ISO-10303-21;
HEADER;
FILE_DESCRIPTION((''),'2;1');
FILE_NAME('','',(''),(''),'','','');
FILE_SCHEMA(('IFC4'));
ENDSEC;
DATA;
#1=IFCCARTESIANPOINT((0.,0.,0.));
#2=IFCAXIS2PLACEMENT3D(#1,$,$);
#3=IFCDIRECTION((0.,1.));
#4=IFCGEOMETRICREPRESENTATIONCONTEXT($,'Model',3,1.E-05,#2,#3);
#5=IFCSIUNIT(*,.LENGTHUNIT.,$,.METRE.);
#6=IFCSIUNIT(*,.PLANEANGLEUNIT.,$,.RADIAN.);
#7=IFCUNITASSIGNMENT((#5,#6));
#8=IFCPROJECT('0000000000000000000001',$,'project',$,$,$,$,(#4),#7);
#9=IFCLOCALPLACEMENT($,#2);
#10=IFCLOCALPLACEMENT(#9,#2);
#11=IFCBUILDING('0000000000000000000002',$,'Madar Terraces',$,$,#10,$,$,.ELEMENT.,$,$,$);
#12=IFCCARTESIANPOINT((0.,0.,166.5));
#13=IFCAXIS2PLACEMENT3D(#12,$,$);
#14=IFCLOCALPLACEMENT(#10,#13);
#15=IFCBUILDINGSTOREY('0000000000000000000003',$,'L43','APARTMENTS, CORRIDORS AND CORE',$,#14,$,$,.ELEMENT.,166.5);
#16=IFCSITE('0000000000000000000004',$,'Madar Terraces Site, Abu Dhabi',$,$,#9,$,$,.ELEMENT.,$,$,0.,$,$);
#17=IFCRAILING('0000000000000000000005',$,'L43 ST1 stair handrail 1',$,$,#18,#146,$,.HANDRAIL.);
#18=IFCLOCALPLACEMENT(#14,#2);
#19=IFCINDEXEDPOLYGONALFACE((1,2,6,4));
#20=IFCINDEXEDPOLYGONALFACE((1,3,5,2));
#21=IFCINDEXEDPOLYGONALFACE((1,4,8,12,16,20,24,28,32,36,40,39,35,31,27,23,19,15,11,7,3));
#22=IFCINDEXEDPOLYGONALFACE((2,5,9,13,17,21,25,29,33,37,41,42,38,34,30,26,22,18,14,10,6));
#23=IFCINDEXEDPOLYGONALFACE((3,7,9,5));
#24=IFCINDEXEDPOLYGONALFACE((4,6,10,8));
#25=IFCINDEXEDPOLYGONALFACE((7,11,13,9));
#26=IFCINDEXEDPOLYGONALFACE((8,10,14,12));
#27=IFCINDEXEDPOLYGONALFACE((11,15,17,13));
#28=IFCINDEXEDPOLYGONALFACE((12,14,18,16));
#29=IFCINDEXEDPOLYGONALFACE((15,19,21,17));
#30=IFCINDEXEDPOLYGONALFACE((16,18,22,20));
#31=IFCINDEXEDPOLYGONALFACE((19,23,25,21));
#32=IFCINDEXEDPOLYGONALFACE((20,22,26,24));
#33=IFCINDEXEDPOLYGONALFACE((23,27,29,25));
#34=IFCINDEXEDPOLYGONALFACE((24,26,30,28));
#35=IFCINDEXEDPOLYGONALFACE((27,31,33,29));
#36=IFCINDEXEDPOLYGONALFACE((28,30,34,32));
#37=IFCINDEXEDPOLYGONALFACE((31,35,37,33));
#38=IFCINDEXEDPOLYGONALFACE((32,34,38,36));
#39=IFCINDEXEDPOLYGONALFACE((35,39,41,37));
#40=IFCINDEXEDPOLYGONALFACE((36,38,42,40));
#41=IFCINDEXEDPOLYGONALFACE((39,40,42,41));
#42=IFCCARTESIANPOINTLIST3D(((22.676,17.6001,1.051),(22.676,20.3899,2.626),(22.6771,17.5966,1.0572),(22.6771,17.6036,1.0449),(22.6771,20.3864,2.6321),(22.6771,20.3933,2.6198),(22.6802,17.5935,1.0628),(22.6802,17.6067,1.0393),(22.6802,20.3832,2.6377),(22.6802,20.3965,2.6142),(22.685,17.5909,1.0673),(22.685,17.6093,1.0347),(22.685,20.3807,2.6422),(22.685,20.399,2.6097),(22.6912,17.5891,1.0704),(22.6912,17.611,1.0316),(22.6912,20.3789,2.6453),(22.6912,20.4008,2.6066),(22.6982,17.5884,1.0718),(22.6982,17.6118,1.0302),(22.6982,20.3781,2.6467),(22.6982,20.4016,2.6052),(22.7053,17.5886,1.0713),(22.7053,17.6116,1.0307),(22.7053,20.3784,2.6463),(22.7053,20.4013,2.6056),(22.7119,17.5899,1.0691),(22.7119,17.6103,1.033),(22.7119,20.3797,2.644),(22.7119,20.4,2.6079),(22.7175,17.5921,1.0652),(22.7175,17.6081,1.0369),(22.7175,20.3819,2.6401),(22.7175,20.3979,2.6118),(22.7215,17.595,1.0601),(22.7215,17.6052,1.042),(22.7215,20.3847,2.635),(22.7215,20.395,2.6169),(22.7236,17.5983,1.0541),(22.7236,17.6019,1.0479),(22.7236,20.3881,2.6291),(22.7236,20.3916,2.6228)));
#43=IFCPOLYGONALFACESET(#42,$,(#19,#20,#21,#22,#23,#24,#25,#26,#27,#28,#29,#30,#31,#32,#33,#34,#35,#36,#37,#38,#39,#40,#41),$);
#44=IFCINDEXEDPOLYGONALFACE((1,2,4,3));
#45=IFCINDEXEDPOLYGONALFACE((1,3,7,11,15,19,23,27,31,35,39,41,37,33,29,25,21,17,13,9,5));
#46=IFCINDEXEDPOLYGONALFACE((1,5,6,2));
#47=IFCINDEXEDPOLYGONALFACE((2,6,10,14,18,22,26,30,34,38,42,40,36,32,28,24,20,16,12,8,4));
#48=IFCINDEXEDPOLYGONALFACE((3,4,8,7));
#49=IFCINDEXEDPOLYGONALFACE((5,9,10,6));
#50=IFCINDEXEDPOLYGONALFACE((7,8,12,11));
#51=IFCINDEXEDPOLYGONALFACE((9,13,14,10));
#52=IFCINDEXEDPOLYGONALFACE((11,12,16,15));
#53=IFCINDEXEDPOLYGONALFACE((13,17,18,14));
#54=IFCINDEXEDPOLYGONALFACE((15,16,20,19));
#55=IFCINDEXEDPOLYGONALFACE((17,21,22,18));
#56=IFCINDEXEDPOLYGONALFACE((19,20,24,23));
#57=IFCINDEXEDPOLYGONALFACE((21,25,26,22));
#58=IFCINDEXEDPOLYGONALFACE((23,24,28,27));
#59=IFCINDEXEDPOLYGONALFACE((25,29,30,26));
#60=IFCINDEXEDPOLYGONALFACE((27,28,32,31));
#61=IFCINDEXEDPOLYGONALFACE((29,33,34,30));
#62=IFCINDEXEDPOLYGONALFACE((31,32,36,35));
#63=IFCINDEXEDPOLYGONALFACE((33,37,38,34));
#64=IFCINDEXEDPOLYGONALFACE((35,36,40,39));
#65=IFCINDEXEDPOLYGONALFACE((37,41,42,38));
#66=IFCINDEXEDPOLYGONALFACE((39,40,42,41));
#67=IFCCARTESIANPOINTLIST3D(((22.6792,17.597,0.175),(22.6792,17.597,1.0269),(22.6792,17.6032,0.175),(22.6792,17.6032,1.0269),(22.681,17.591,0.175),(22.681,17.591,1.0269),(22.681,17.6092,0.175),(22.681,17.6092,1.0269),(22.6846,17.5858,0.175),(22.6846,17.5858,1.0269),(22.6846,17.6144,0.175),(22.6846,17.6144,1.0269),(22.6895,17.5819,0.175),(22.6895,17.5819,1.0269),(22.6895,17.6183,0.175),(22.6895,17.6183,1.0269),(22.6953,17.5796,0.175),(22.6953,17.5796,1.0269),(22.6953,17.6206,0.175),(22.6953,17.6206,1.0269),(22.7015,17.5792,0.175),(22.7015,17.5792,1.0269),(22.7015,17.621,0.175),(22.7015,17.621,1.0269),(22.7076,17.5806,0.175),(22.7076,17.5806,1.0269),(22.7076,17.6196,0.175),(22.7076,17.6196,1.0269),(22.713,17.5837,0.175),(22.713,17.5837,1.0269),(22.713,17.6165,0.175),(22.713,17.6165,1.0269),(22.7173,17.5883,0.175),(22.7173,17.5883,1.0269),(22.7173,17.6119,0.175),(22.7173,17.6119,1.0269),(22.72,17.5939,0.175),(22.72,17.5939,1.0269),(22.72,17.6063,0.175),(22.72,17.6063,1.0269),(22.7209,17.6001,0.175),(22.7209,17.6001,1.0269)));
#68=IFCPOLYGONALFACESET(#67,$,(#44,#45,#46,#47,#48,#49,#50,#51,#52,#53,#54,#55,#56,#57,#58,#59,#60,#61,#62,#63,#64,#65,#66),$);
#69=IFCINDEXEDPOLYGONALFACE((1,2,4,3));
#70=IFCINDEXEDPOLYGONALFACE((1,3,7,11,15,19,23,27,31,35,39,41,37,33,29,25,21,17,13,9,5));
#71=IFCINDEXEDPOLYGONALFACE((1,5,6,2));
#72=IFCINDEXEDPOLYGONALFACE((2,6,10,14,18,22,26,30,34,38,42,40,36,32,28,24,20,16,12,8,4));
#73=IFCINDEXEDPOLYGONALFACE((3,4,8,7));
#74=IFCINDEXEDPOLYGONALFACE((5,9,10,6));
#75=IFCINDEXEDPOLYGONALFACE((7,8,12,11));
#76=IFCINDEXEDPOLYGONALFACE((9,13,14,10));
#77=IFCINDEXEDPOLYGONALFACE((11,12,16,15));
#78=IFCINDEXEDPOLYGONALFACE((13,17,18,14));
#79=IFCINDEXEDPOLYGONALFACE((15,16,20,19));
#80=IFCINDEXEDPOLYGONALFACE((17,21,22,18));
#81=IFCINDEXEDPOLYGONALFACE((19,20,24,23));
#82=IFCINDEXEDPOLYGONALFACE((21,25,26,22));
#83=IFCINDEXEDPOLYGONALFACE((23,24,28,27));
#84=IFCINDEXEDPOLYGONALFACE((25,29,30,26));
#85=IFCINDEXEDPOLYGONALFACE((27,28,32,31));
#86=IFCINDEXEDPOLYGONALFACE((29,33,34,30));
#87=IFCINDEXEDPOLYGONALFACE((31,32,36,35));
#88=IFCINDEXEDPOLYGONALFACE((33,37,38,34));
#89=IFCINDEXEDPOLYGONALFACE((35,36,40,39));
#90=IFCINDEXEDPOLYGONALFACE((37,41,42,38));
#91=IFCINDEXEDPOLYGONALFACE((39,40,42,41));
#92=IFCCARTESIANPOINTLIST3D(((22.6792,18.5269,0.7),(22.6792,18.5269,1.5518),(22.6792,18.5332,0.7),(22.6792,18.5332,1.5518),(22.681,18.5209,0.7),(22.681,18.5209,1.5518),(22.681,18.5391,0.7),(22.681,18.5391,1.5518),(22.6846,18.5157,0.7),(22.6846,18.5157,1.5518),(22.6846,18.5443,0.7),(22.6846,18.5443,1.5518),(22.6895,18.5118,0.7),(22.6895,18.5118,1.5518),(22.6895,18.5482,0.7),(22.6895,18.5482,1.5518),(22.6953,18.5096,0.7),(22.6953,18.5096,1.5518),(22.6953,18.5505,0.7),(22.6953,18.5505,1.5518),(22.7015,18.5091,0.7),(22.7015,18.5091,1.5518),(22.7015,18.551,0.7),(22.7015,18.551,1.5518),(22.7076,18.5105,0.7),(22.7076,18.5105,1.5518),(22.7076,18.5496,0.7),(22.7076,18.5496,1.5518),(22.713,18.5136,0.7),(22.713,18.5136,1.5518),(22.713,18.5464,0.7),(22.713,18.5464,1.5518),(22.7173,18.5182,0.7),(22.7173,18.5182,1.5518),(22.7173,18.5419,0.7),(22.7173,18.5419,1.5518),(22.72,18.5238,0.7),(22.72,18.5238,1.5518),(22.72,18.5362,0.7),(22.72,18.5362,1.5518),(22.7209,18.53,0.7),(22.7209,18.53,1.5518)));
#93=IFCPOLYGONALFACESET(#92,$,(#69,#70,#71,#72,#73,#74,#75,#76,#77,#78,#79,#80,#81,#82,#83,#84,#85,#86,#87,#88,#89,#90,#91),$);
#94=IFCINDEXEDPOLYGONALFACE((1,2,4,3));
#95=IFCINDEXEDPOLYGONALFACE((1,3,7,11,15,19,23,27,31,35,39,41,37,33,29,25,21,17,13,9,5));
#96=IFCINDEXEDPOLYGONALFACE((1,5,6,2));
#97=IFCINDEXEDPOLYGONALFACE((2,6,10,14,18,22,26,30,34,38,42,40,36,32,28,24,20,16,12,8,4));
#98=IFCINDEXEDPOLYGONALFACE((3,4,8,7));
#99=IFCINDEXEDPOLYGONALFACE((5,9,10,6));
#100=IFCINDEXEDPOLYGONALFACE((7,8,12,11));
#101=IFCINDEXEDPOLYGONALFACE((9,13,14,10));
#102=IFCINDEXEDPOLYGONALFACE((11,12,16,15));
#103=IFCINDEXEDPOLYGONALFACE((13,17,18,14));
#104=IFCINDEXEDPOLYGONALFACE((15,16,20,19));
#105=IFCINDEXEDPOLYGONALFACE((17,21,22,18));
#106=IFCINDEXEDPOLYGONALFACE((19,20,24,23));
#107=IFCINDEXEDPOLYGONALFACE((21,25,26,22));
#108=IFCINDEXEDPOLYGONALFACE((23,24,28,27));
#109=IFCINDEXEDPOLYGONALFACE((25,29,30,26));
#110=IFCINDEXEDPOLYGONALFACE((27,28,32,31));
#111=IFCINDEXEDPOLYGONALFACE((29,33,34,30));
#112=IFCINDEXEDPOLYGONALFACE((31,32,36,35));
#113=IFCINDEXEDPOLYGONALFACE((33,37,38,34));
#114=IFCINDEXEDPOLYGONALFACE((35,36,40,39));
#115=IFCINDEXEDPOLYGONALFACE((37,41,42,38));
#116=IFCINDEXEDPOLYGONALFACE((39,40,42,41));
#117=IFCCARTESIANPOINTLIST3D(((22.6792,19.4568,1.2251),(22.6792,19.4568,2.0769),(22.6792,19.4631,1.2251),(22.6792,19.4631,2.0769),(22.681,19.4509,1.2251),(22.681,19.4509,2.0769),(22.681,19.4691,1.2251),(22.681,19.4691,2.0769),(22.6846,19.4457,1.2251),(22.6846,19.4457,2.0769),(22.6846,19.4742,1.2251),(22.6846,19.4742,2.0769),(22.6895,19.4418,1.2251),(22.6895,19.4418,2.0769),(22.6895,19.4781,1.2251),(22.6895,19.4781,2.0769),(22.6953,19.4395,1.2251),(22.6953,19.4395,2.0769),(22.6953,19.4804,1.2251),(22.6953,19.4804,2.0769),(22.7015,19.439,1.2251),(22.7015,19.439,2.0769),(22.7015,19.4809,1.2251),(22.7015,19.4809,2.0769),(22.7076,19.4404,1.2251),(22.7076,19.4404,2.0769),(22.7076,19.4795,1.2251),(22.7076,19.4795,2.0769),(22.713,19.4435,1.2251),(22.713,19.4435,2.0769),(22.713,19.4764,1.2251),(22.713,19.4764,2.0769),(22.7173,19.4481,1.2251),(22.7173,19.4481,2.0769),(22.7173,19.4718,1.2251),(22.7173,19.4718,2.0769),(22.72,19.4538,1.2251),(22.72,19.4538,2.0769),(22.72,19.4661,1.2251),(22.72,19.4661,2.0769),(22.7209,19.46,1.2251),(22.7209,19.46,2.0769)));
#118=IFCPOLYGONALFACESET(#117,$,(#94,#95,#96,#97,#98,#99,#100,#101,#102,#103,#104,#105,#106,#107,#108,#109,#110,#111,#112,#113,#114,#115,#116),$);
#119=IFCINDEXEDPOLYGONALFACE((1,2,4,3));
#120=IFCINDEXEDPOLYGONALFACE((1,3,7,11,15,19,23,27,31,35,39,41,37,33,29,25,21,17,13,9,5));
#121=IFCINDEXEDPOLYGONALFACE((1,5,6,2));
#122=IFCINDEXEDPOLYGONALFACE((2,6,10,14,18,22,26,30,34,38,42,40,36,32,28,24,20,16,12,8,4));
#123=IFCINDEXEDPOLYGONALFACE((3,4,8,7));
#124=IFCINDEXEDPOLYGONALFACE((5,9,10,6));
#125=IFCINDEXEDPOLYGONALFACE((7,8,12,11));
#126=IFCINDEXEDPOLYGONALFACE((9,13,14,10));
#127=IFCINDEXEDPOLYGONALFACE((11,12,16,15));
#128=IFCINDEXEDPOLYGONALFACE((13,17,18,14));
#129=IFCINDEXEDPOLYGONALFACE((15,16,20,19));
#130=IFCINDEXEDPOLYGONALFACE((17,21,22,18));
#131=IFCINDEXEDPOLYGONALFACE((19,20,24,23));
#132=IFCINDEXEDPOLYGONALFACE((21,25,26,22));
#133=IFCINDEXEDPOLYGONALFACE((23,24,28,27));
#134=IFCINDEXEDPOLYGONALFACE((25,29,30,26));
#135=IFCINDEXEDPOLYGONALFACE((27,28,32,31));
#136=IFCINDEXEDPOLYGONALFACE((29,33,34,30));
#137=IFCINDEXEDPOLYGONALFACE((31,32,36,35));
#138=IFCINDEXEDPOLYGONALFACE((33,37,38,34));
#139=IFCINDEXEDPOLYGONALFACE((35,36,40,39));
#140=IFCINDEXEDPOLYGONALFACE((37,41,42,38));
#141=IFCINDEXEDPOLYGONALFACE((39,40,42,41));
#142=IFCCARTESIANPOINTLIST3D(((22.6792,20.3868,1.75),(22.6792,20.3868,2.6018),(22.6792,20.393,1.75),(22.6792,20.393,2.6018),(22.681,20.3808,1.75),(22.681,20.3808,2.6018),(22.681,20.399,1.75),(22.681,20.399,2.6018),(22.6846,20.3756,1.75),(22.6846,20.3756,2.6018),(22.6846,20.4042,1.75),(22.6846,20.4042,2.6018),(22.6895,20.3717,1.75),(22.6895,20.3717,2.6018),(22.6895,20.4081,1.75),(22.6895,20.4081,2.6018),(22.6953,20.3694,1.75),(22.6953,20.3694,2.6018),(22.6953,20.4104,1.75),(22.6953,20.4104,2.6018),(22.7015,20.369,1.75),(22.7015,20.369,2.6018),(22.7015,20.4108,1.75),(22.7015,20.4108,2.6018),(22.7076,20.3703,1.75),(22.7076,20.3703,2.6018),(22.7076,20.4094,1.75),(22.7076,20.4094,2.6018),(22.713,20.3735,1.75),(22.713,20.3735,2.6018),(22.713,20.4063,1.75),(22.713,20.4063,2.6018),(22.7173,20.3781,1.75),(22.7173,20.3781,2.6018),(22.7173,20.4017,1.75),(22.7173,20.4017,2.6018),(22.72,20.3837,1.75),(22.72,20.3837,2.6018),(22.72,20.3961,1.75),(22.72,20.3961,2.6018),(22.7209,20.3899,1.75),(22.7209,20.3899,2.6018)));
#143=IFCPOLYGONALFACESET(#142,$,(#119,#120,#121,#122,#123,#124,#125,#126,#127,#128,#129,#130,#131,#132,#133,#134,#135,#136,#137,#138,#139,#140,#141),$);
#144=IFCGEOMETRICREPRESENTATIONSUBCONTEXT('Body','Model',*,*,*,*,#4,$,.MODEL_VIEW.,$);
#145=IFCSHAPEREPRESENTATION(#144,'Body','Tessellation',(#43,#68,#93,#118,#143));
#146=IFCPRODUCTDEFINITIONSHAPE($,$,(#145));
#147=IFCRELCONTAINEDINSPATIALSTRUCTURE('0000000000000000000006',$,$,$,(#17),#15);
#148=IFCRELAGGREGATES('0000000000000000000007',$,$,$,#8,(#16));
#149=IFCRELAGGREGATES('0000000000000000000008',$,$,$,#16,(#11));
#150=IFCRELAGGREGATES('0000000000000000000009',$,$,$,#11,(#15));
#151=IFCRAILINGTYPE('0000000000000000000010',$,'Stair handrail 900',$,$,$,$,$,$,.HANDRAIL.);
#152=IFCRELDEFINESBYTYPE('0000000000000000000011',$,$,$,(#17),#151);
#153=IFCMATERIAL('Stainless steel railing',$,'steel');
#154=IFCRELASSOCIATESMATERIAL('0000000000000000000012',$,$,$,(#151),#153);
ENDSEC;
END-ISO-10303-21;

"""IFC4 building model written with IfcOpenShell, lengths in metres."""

from ifc_helpers import new_model, si_unit, direction, frame, origin, origin_2d, place, context, subcontext, project, spatial, circle, extrude, material, type_object, element, save


model = new_model("IFC4")

# Units and contexts
model_context = context("Model", 3, precision=1e-05, world=origin(), true_north=direction((0.0, 1.0)))
body_context = subcontext(model_context, "Body", "Model", "MODEL_VIEW")
ifc_project = project(units=[si_unit("LENGTHUNIT", "METRE"), si_unit("PLANEANGLEUNIT", "RADIAN")], contexts=[model_context])

# Site, building, storey
site_placement = place(None, origin())
site = spatial("IfcSite", under=ifc_project, at=site_placement, Name="Madar Terraces Site, Abu Dhabi", CompositionType="ELEMENT", RefElevation=0.0)
building_placement = place(site_placement, origin())
building = spatial("IfcBuilding", under=site, at=building_placement, Name="Madar Terraces", CompositionType="ELEMENT")
storey_placement = place(building_placement, frame((0.0, 0.0, 166.5)))
storey = spatial("IfcBuildingStorey", under=building, at=storey_placement, Name="L43", Description="APARTMENTS, CORRIDORS AND CORE", CompositionType="ELEMENT", Elevation=166.5)

# Railing
ifc_material_1 = material(Name="Stainless steel railing", Category="steel")
railing_type_1 = type_object("IfcRailingType", Name="Stair handrail 900", PredefinedType="HANDRAIL", material=ifc_material_1)
railing_1_placement = place(storey_placement, frame((22.7, 17.6001, 0.175)))
element("IfcRailing", 1, at=railing_1_placement, inside=storey, type_object=railing_type_1, Name="L43 ST1 stair handrail 1", PredefinedType="HANDRAIL", context=body_context, shape_type="SweptSolid", body=[
    extrude(circle(Radius=0.0239, at=origin_2d()), frame((0.0, 0.0, 0.876), z_axis=(0.0, 0.870815, 0.49161), x_axis=(-1.0, 0.0, 0.0)), (0.0, 0.0, 1.0), 3.2036),
    extrude(circle(Radius=0.021, at=origin_2d()), origin(), (0.0, 0.0, 1.0), 0.8518),
    extrude(circle(Radius=0.021, at=origin_2d()), frame((0.0, 0.9299, 0.5249)), (0.0, 0.0, 1.0), 0.8518),
    extrude(circle(Radius=0.021, at=origin_2d()), frame((0.0, 1.8599, 1.05)), (0.0, 0.0, 1.0), 0.8518),
    extrude(circle(Radius=0.021, at=origin_2d()), frame((0.0, 2.7898, 1.575)), (0.0, 0.0, 1.0), 0.8518),
])

save(model, "model.ifc")
